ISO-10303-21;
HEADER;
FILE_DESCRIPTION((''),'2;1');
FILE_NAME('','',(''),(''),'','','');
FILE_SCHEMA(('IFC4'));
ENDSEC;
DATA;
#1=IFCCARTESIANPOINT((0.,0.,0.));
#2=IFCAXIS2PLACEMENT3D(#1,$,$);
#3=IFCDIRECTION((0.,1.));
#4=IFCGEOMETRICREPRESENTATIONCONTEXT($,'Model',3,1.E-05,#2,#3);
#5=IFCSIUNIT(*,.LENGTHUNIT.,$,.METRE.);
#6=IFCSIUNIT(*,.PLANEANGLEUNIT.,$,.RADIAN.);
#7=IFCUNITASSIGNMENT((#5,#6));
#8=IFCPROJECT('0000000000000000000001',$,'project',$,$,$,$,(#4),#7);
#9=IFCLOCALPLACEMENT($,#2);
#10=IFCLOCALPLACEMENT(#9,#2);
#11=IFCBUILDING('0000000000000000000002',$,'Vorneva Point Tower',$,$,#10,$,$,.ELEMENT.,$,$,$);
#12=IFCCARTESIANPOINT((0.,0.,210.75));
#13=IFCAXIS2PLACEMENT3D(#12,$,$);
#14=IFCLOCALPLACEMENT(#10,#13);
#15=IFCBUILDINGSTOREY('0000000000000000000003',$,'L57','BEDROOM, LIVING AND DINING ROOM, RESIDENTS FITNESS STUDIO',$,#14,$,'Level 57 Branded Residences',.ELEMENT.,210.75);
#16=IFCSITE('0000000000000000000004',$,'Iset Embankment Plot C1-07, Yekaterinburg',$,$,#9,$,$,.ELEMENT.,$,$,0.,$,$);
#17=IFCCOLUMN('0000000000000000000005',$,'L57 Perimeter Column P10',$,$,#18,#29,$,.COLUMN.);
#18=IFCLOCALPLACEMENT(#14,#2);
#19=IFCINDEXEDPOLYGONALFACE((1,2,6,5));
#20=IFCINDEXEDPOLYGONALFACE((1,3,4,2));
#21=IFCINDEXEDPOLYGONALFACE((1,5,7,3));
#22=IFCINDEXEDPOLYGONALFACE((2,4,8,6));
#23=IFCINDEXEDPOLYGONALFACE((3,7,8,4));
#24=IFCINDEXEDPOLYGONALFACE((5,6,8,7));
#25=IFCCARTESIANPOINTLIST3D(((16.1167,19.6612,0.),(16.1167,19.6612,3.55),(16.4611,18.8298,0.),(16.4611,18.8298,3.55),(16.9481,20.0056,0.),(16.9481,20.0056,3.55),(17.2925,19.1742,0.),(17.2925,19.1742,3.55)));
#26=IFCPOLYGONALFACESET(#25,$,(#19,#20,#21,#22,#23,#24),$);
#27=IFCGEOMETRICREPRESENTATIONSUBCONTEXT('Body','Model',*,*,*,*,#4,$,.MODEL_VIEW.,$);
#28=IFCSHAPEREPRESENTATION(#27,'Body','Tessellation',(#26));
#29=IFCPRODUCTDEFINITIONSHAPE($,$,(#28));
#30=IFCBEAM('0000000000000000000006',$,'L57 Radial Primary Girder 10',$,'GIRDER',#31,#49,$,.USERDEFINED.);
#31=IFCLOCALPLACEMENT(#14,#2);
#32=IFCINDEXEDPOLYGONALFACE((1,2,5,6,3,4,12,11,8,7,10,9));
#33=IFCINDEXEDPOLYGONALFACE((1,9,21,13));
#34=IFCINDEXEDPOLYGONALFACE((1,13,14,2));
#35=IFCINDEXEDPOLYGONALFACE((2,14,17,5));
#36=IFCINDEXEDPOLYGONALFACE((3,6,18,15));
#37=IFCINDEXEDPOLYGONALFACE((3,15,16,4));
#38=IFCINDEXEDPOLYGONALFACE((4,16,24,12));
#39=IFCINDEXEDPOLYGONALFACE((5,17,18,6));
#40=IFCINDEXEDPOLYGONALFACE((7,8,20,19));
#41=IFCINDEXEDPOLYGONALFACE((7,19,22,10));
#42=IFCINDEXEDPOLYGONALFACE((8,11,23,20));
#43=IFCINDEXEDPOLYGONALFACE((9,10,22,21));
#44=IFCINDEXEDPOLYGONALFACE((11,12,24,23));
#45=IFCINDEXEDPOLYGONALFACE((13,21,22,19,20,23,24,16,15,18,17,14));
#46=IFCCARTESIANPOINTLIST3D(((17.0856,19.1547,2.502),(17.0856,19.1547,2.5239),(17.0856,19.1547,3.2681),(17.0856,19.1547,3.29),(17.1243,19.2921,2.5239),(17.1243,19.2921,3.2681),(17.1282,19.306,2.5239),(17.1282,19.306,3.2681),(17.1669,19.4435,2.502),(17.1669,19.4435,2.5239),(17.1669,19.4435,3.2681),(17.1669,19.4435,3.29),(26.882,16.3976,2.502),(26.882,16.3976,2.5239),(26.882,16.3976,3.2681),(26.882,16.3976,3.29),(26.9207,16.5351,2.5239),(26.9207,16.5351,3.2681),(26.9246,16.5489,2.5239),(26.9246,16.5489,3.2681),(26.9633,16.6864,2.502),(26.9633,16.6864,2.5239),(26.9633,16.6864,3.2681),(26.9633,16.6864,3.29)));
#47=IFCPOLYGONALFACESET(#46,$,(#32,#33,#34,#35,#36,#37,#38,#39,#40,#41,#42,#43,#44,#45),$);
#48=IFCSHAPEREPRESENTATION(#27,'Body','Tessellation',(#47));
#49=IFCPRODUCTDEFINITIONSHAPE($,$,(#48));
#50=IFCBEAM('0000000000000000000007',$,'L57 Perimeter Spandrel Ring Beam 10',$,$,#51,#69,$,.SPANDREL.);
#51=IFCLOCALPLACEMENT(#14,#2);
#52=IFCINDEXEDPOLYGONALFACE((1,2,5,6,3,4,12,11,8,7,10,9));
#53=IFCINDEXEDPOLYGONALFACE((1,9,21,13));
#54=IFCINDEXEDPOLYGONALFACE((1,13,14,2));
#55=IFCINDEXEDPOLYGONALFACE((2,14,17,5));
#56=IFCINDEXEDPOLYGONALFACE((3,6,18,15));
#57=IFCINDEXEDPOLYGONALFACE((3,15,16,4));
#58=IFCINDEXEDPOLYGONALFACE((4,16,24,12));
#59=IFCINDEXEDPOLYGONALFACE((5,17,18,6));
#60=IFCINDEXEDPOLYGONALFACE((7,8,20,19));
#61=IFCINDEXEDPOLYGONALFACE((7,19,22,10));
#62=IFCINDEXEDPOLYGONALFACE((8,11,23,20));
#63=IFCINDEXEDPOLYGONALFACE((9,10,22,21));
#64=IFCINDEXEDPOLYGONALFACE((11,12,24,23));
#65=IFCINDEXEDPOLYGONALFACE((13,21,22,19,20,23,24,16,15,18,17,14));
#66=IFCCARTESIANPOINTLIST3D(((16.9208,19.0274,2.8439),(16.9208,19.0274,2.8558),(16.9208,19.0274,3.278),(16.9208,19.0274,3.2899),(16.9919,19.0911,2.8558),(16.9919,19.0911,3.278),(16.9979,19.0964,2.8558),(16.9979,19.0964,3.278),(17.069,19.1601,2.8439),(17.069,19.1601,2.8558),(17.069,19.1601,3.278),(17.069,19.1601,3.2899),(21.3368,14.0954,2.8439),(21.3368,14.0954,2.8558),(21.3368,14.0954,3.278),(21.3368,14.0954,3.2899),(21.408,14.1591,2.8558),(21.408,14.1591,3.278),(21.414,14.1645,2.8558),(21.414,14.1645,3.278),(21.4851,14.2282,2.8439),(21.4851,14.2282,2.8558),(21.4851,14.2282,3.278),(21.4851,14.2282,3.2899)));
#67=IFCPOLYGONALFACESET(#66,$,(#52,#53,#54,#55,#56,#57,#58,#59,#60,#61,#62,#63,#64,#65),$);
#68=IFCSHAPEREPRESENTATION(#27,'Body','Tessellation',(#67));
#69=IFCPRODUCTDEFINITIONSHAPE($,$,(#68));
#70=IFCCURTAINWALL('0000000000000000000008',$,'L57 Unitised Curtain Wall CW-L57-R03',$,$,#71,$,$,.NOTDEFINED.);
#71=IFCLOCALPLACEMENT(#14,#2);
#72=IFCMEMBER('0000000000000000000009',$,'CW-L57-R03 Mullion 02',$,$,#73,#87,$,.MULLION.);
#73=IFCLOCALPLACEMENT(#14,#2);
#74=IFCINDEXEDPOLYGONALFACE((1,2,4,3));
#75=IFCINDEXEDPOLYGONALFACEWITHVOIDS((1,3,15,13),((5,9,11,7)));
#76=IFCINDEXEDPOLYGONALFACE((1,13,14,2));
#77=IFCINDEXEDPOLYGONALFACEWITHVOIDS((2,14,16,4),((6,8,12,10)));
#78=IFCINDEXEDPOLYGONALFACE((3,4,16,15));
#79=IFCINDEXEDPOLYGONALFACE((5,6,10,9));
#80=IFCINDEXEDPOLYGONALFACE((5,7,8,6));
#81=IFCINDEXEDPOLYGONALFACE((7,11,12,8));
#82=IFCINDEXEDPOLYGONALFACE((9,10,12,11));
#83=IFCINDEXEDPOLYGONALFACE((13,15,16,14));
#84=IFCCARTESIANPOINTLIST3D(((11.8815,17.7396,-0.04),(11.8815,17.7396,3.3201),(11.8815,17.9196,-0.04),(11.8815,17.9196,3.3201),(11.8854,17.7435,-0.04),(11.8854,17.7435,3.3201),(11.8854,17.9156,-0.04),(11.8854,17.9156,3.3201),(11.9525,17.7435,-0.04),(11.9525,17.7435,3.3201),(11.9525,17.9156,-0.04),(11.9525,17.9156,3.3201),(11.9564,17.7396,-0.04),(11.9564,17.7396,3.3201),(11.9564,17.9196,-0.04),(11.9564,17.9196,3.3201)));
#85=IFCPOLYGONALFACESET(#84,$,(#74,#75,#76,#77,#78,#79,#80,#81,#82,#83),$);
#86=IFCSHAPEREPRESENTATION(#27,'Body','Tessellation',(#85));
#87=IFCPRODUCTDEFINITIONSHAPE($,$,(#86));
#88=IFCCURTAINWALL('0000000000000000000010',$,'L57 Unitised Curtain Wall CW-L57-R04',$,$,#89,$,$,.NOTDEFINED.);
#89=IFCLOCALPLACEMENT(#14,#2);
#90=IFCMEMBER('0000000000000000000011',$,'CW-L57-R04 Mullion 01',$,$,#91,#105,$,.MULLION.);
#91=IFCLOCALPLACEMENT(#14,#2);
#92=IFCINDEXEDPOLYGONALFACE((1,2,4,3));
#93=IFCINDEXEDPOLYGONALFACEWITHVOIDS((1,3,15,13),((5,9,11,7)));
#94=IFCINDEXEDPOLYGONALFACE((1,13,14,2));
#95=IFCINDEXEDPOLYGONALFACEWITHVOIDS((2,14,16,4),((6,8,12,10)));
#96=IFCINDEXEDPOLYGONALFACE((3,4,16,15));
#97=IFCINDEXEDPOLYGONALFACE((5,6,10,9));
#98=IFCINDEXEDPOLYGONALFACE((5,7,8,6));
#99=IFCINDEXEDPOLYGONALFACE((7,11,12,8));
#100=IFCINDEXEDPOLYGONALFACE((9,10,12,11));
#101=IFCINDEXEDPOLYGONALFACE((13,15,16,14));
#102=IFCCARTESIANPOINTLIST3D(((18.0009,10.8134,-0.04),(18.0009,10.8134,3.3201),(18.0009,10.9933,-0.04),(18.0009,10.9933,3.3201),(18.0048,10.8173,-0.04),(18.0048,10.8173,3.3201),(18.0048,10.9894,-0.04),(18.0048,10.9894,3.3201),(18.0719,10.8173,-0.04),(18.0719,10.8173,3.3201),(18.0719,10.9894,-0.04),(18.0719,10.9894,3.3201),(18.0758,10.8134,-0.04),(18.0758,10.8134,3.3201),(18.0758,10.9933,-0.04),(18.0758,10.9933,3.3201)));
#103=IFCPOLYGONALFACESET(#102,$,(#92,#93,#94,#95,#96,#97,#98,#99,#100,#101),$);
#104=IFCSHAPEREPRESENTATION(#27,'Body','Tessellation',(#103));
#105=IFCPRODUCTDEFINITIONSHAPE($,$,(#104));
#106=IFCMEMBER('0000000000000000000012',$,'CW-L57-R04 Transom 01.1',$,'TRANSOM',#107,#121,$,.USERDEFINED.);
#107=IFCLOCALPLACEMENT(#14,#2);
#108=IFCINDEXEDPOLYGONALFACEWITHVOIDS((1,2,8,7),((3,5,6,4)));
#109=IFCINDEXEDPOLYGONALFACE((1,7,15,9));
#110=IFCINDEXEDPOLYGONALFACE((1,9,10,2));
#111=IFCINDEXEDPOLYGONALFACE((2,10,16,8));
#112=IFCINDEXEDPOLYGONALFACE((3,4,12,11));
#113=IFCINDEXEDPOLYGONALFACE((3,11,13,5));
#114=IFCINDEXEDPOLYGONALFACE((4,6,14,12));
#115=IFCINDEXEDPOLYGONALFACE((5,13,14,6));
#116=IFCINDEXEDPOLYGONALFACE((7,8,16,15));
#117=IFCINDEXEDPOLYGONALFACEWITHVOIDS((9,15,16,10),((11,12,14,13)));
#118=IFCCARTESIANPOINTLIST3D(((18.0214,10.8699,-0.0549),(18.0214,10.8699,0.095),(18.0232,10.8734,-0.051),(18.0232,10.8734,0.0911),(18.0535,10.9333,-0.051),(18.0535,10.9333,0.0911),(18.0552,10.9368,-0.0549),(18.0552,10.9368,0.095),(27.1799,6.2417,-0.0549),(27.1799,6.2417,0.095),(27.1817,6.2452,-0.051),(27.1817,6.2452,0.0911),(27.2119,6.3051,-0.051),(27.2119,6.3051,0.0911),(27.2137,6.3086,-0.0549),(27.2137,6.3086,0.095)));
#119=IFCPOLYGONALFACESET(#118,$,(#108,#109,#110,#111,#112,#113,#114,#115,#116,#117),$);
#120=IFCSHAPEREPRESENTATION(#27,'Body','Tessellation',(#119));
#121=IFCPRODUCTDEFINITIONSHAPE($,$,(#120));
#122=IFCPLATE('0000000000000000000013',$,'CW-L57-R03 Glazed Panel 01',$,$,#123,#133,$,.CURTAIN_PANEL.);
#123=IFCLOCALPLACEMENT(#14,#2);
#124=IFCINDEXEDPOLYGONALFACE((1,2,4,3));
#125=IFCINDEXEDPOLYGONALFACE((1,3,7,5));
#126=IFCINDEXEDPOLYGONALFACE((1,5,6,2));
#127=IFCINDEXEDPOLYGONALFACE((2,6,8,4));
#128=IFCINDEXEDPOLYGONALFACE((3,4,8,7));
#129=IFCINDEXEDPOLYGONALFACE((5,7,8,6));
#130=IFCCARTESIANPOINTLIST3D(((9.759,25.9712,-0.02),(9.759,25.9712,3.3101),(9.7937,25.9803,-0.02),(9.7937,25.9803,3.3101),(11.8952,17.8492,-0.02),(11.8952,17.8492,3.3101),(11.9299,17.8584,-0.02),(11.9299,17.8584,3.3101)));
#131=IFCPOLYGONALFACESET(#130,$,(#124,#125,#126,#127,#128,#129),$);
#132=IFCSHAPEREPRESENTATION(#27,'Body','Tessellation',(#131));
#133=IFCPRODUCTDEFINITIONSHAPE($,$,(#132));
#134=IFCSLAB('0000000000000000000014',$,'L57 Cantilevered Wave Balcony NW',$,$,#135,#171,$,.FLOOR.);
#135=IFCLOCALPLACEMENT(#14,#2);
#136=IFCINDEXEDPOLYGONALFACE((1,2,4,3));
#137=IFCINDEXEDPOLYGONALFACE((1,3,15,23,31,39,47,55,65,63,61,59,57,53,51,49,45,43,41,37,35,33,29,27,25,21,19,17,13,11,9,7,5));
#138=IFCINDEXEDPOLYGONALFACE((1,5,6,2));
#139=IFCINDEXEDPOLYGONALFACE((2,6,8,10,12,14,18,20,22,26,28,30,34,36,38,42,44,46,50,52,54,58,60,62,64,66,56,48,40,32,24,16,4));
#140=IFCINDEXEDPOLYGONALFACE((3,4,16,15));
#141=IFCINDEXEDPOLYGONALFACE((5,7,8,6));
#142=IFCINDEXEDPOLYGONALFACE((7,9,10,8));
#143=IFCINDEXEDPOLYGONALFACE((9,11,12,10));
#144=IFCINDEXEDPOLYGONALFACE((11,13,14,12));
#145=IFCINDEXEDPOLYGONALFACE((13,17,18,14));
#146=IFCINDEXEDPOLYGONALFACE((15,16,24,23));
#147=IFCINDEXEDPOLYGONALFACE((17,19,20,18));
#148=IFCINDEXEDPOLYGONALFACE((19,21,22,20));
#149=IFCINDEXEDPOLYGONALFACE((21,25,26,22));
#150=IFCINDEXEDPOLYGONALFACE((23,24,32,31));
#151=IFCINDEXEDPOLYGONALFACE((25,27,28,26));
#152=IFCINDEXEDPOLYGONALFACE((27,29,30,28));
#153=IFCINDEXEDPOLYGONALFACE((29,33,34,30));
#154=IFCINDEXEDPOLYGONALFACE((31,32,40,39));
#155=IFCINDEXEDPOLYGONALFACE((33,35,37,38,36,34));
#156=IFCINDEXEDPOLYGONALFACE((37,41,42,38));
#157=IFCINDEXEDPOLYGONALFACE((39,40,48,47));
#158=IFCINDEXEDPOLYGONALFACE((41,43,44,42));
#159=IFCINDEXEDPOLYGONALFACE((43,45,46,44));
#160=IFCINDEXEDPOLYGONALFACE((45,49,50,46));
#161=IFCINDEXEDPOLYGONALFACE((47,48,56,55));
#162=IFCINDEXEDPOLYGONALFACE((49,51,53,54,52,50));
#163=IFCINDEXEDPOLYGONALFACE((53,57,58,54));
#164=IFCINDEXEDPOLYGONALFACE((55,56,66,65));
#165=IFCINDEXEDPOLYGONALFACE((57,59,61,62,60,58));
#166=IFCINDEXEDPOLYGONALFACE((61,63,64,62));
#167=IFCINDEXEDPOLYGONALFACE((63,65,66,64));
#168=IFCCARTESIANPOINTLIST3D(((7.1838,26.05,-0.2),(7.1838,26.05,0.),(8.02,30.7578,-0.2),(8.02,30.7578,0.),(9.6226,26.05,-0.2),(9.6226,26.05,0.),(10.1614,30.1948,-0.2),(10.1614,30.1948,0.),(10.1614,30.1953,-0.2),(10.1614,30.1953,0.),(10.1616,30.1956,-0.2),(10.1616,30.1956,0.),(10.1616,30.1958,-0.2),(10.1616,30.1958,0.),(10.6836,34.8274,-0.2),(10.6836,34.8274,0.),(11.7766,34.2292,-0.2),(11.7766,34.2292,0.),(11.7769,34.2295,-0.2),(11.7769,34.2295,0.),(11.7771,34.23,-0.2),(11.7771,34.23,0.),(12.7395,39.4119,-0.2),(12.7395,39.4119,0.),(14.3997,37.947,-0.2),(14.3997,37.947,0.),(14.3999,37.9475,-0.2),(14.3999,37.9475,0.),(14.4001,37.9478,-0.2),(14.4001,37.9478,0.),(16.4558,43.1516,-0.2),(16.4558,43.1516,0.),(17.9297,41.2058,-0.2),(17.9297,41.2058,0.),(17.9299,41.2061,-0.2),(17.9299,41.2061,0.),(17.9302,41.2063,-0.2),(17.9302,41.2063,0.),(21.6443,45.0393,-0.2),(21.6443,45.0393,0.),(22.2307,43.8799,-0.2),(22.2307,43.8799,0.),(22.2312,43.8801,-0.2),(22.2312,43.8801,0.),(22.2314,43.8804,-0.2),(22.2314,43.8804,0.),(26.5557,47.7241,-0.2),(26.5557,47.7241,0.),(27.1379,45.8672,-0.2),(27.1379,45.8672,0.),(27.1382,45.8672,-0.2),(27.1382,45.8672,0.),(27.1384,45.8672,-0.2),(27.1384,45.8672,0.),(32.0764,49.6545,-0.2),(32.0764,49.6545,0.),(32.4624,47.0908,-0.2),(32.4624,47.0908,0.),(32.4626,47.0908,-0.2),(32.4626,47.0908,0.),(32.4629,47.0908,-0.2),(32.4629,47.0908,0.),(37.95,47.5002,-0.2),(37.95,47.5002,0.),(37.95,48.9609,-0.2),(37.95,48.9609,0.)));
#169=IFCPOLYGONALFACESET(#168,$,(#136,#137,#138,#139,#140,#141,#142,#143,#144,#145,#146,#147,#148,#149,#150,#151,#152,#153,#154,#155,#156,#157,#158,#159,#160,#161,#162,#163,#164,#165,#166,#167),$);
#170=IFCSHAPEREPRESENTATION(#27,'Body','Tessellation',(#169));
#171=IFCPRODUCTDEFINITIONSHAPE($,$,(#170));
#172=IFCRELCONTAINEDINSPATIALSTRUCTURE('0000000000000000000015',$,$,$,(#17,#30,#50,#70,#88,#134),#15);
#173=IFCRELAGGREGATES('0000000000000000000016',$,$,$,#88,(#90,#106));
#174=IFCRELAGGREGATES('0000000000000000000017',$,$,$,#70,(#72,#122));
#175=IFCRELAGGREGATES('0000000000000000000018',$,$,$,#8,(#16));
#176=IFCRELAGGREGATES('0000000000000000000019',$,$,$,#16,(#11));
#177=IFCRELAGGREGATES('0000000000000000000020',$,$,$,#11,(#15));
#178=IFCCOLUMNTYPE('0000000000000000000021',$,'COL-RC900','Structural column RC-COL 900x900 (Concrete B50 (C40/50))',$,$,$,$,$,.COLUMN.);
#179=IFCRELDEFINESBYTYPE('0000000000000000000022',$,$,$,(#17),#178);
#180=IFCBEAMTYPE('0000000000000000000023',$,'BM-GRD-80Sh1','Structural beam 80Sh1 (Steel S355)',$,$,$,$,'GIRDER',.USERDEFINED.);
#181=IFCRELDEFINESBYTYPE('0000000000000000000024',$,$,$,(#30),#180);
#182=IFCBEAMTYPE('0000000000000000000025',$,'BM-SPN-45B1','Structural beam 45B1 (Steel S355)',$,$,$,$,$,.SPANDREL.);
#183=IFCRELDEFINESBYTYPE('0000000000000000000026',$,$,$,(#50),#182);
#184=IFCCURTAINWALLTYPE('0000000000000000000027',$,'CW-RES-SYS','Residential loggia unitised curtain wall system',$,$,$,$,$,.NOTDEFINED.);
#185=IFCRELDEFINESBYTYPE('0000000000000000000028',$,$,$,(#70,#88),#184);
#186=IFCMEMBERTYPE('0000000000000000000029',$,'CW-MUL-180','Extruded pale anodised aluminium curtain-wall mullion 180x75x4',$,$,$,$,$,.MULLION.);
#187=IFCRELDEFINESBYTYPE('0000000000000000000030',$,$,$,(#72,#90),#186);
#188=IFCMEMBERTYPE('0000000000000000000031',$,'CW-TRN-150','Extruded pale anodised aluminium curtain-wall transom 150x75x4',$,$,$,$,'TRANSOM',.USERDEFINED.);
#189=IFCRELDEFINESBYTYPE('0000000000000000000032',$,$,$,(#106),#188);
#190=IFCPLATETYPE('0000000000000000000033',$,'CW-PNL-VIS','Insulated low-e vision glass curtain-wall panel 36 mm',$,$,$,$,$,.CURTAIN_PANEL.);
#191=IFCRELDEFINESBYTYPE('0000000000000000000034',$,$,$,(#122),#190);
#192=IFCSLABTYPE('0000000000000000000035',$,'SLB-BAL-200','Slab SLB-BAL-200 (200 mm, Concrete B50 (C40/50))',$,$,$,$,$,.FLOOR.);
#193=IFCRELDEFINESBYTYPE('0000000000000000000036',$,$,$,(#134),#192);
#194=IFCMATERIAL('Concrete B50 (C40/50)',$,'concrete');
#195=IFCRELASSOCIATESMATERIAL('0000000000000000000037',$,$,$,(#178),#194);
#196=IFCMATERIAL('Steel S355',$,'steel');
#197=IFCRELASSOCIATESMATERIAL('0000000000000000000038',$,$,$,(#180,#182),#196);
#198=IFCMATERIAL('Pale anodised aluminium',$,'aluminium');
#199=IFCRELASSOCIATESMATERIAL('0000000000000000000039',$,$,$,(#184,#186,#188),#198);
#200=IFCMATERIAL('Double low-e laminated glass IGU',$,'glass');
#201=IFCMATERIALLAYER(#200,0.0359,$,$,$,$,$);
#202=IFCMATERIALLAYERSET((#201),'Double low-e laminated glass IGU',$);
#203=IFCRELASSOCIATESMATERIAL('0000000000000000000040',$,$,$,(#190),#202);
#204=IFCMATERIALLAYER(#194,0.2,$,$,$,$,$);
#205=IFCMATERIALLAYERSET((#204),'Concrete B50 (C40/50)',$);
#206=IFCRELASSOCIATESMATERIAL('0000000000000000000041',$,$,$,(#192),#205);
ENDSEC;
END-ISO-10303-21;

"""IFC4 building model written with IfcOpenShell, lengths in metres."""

from ifc_helpers import new_model, si_unit, direction, frame, origin, origin_2d, place, context, subcontext, project, spatial, polyline, rectangle, hollow_rectangle, i_section, outline, extrude, material, layer, layer_set, material_profile, profile_set, type_object, element, aggregate, save


model = new_model("IFC4")

# Units and contexts
model_context = context("Model", 3, precision=1e-05, world=origin(), true_north=direction((0.0, 1.0)))
body_context = subcontext(model_context, "Body", "Model", "MODEL_VIEW")
ifc_project = project(units=[si_unit("LENGTHUNIT", "METRE"), si_unit("PLANEANGLEUNIT", "RADIAN")], contexts=[model_context])

# Site, building, storey
site_placement = place(None, origin())
site = spatial("IfcSite", under=ifc_project, at=site_placement, Name="Iset Embankment Plot C1-07, Yekaterinburg", CompositionType="ELEMENT", RefElevation=0.0)
building_placement = place(site_placement, origin())
building = spatial("IfcBuilding", under=site, at=building_placement, Name="Vorneva Point Tower", CompositionType="ELEMENT")
storey_placement = place(building_placement, frame((0.0, 0.0, 210.75)))
storey = spatial("IfcBuildingStorey", under=building, at=storey_placement, Name="L57", Description="BEDROOM, LIVING AND DINING ROOM, RESIDENTS FITNESS STUDIO", LongName="Level 57 Branded Residences", CompositionType="ELEMENT", Elevation=210.75)

# Column
ifc_material_1 = material(Name="Concrete B50 (C40/50)", Category="concrete")
ifc_material_profile_1 = material_profile(ifc_material_1, rectangle(XDim=0.8999, YDim=0.8999, at=origin_2d()), Name="RC-COL 900x900")
ifc_profile_set_1 = profile_set([ifc_material_profile_1], Name="Concrete B50 (C40/50)")
column_type = type_object("IfcColumnType", Name="COL-RC900", Description="Structural column RC-COL 900x900 (Concrete B50 (C40/50))", PredefinedType="COLUMN", material=ifc_profile_set_1)
column_placement = place(storey_placement, frame((16.7046, 19.4177, 0.0), z_axis=(0.0, 0.0, 1.0), x_axis=(-0.92388, -0.382683, 0.0)))
element("IfcColumn", 1, at=column_placement, inside=storey, type_object=column_type, Name="L57 Perimeter Column P10", PredefinedType="COLUMN", context=body_context, shape_type="SweptSolid", body=[
    extrude(rectangle(XDim=0.8999, YDim=0.8999, at=origin_2d()), origin(), (0.0, 0.0, 1.0), 3.55),
])

# Beams
ifc_material_2 = material(Name="Steel S355", Category="steel")
ifc_material_profile_2 = material_profile(ifc_material_2, i_section(OverallWidth=0.3, OverallDepth=0.7881, WebThickness=0.0144, FlangeThickness=0.022, at=origin_2d()), Name="80Sh1")
ifc_profile_set_2 = profile_set([ifc_material_profile_2], Name="Steel S355")
beam_type_1 = type_object("IfcBeamType", Name="BM-GRD-80Sh1", Description="Structural beam 80Sh1 (Steel S355)", ElementType="GIRDER", PredefinedType="USERDEFINED", material=ifc_profile_set_2)
beam_1_placement = place(storey_placement, frame((17.1262, 19.2991, 2.896), z_axis=(0.962604, -0.270914, 0.0), x_axis=(0.270914, 0.962604, 0.0)))
element("IfcBeam", 2, at=beam_1_placement, inside=storey, type_object=beam_type_1, Name="L57 Radial Primary Girder 10", ObjectType="GIRDER", PredefinedType="USERDEFINED", context=body_context, shape_type="SweptSolid", body=[
    extrude(i_section(OverallWidth=0.3, OverallDepth=0.7881, WebThickness=0.0144, FlangeThickness=0.022, at=origin_2d()), origin(), (0.0, 0.0, 1.0), 10.177),
])
ifc_material_profile_3 = material_profile(ifc_material_2, i_section(OverallWidth=0.199, OverallDepth=0.446, WebThickness=0.0081, FlangeThickness=0.012, at=origin_2d()), Name="45B1")
ifc_profile_set_3 = profile_set([ifc_material_profile_3], Name="Steel S355")
beam_type_2 = type_object("IfcBeamType", Name="BM-SPN-45B1", Description="Structural beam 45B1 (Steel S355)", PredefinedType="SPANDREL", material=ifc_profile_set_3)
beam_2_placement = place(storey_placement, frame((16.9949, 19.0938, 3.0669), z_axis=(0.66707, -0.744995, 0.0), x_axis=(0.744995, 0.66707, 0.0)))
element("IfcBeam", 3, at=beam_2_placement, inside=storey, type_object=beam_type_2, Name="L57 Perimeter Spandrel Ring Beam 10", PredefinedType="SPANDREL", context=body_context, shape_type="SweptSolid", body=[
    extrude(i_section(OverallWidth=0.199, OverallDepth=0.446, WebThickness=0.0081, FlangeThickness=0.012, at=origin_2d()), origin(), (0.0, 0.0, 1.0), 6.6201),
])

# Curtain wall, member
ifc_material_3 = material(Name="Pale anodised aluminium", Category="aluminium")
curtain_wall_type = type_object("IfcCurtainWallType", Name="CW-RES-SYS", Description="Residential loggia unitised curtain wall system", PredefinedType="NOTDEFINED", material=ifc_material_3)
curtain_wall_1_placement = place(storey_placement, origin())
curtain_wall_1 = element("IfcCurtainWall", 4, at=curtain_wall_1_placement, inside=storey, type_object=curtain_wall_type, Name="L57 Unitised Curtain Wall CW-L57-R03", PredefinedType="NOTDEFINED")
ifc_material_profile_4 = material_profile(ifc_material_3, hollow_rectangle(XDim=0.075, YDim=0.1799, WallThickness=0.0039, at=origin_2d()), Name="AL-MUL 180x75x4")
ifc_profile_set_4 = profile_set([ifc_material_profile_4], Name="Pale anodised aluminium")
member_type_1 = type_object("IfcMemberType", Name="CW-MUL-180", Description="Extruded pale anodised aluminium curtain-wall mullion 180x75x4", PredefinedType="MULLION", material=ifc_profile_set_4)
member_1_placement = place(storey_placement, frame((11.9189, 17.8296, -0.04), z_axis=(0.0, 0.0, 1.0), x_axis=(1.0, 0.0, 0.0)))
member_1 = element("IfcMember", 5, at=member_1_placement, type_object=member_type_1, Name="CW-L57-R03 Mullion 02", PredefinedType="MULLION", context=body_context, shape_type="SweptSolid", body=[
    extrude(hollow_rectangle(XDim=0.075, YDim=0.1799, WallThickness=0.0039, at=origin_2d()), origin(), (0.0, 0.0, 1.0), 3.3601),
])

# Curtain wall, members
curtain_wall_2_placement = place(storey_placement, origin())
curtain_wall_2 = element("IfcCurtainWall", 6, at=curtain_wall_2_placement, inside=storey, type_object=curtain_wall_type, Name="L57 Unitised Curtain Wall CW-L57-R04", PredefinedType="NOTDEFINED")
member_2_placement = place(storey_placement, frame((18.0383, 10.9033, -0.04), z_axis=(0.0, 0.0, 1.0), x_axis=(1.0, 0.0, 0.0)))
member_2 = element("IfcMember", 7, at=member_2_placement, type_object=member_type_1, Name="CW-L57-R04 Mullion 01", PredefinedType="MULLION", context=body_context, shape_type="SweptSolid", body=[
    extrude(hollow_rectangle(XDim=0.075, YDim=0.1799, WallThickness=0.0039, at=origin_2d()), origin(), (0.0, 0.0, 1.0), 3.3601),
])
ifc_material_profile_5 = material_profile(ifc_material_3, hollow_rectangle(XDim=0.075, YDim=0.1499, WallThickness=0.0039, at=origin_2d()), Name="AL-TRN 150x75x4")
ifc_profile_set_5 = profile_set([ifc_material_profile_5], Name="Pale anodised aluminium")
member_type_2 = type_object("IfcMemberType", Name="CW-TRN-150", Description="Extruded pale anodised aluminium curtain-wall transom 150x75x4", ElementType="TRANSOM", PredefinedType="USERDEFINED", material=ifc_profile_set_5)
member_3_placement = place(storey_placement, frame((18.0383, 10.9033, 0.02), z_axis=(0.892511, -0.451026, 0.0), x_axis=(0.451026, 0.892511, 0.0)))
member_3 = element("IfcMember", 8, at=member_3_placement, type_object=member_type_2, Name="CW-L57-R04 Transom 01.1", ObjectType="TRANSOM", PredefinedType="USERDEFINED", context=body_context, shape_type="SweptSolid", body=[
    extrude(hollow_rectangle(XDim=0.075, YDim=0.1499, WallThickness=0.0039, at=origin_2d()), origin(), (0.0, 0.0, 1.0), 10.2615),
])
aggregate(curtain_wall_2, [member_2, member_3])

# Plate
ifc_material_4 = material(Name="Double low-e laminated glass IGU", Category="glass")
ifc_layer_1 = layer(ifc_material_4, 0.0359)
ifc_layer_set_1 = layer_set([ifc_layer_1], Name="Double low-e laminated glass IGU")
plate_type = type_object("IfcPlateType", Name="CW-PNL-VIS", Description="Insulated low-e vision glass curtain-wall panel 36 mm", PredefinedType="CURTAIN_PANEL", material=ifc_layer_set_1)
plate_placement = place(storey_placement, frame((10.8445, 21.9148, -0.02), z_axis=(0.0, 0.0, 1.0), x_axis=(0.254366, -0.967108, 0.0)))
plate = element("IfcPlate", 9, at=plate_placement, type_object=plate_type, Name="CW-L57-R03 Glazed Panel 01", PredefinedType="CURTAIN_PANEL", context=body_context, shape_type="SweptSolid", body=[
    extrude(rectangle(XDim=8.3982, YDim=0.0359, at=origin_2d()), origin(), (0.0, 0.0, 1.0), 3.3301),
])
aggregate(curtain_wall_1, [member_1, plate])

# Slab
ifc_layer_2 = layer(ifc_material_1, 0.2)
ifc_layer_set_2 = layer_set([ifc_layer_2], Name="Concrete B50 (C40/50)")
slab_type_1 = type_object("IfcSlabType", Name="SLB-BAL-200", Description="Slab SLB-BAL-200 (200 mm, Concrete B50 (C40/50))", PredefinedType="FLOOR", material=ifc_layer_set_2)
slab_1_placement = place(storey_placement, frame((0.0, 0.0, -0.2)))
element("IfcSlab", 10, at=slab_1_placement, inside=storey, type_object=slab_type_1, Name="L57 Cantilevered Wave Balcony NW", PredefinedType="FLOOR", context=body_context, shape_type="SweptSolid", body=[
    extrude(outline(polyline([(7.1838, 26.05), (9.6226, 26.05), (10.1614, 30.1948), (10.1614, 30.1953), (10.1616, 30.1956), (10.1616, 30.1958), (11.7766, 34.2292), (11.7769, 34.2295), (11.7771, 34.23), (14.3997, 37.947), (14.3999, 37.9475), (14.4001, 37.9478), (17.9297, 41.2058), (17.9299, 41.2061), (17.9302, 41.2063), (22.2307, 43.8799), (22.2312, 43.8801), (22.2314, 43.8804), (27.1379, 45.8672), (27.1382, 45.8672), (27.1384, 45.8672), (32.4624, 47.0908), (32.4626, 47.0908), (32.4629, 47.0908), (37.95, 47.5002), (37.95, 48.9609), (32.0764, 49.6545), (26.5557, 47.7241), (21.6443, 45.0393), (16.4558, 43.1516), (12.7395, 39.4119), (10.6836, 34.8274), (8.02, 30.7578), (7.1838, 26.05)])), origin(), (0.0, 0.0, 1.0), 0.2),
])

save(model, "model.ifc")
